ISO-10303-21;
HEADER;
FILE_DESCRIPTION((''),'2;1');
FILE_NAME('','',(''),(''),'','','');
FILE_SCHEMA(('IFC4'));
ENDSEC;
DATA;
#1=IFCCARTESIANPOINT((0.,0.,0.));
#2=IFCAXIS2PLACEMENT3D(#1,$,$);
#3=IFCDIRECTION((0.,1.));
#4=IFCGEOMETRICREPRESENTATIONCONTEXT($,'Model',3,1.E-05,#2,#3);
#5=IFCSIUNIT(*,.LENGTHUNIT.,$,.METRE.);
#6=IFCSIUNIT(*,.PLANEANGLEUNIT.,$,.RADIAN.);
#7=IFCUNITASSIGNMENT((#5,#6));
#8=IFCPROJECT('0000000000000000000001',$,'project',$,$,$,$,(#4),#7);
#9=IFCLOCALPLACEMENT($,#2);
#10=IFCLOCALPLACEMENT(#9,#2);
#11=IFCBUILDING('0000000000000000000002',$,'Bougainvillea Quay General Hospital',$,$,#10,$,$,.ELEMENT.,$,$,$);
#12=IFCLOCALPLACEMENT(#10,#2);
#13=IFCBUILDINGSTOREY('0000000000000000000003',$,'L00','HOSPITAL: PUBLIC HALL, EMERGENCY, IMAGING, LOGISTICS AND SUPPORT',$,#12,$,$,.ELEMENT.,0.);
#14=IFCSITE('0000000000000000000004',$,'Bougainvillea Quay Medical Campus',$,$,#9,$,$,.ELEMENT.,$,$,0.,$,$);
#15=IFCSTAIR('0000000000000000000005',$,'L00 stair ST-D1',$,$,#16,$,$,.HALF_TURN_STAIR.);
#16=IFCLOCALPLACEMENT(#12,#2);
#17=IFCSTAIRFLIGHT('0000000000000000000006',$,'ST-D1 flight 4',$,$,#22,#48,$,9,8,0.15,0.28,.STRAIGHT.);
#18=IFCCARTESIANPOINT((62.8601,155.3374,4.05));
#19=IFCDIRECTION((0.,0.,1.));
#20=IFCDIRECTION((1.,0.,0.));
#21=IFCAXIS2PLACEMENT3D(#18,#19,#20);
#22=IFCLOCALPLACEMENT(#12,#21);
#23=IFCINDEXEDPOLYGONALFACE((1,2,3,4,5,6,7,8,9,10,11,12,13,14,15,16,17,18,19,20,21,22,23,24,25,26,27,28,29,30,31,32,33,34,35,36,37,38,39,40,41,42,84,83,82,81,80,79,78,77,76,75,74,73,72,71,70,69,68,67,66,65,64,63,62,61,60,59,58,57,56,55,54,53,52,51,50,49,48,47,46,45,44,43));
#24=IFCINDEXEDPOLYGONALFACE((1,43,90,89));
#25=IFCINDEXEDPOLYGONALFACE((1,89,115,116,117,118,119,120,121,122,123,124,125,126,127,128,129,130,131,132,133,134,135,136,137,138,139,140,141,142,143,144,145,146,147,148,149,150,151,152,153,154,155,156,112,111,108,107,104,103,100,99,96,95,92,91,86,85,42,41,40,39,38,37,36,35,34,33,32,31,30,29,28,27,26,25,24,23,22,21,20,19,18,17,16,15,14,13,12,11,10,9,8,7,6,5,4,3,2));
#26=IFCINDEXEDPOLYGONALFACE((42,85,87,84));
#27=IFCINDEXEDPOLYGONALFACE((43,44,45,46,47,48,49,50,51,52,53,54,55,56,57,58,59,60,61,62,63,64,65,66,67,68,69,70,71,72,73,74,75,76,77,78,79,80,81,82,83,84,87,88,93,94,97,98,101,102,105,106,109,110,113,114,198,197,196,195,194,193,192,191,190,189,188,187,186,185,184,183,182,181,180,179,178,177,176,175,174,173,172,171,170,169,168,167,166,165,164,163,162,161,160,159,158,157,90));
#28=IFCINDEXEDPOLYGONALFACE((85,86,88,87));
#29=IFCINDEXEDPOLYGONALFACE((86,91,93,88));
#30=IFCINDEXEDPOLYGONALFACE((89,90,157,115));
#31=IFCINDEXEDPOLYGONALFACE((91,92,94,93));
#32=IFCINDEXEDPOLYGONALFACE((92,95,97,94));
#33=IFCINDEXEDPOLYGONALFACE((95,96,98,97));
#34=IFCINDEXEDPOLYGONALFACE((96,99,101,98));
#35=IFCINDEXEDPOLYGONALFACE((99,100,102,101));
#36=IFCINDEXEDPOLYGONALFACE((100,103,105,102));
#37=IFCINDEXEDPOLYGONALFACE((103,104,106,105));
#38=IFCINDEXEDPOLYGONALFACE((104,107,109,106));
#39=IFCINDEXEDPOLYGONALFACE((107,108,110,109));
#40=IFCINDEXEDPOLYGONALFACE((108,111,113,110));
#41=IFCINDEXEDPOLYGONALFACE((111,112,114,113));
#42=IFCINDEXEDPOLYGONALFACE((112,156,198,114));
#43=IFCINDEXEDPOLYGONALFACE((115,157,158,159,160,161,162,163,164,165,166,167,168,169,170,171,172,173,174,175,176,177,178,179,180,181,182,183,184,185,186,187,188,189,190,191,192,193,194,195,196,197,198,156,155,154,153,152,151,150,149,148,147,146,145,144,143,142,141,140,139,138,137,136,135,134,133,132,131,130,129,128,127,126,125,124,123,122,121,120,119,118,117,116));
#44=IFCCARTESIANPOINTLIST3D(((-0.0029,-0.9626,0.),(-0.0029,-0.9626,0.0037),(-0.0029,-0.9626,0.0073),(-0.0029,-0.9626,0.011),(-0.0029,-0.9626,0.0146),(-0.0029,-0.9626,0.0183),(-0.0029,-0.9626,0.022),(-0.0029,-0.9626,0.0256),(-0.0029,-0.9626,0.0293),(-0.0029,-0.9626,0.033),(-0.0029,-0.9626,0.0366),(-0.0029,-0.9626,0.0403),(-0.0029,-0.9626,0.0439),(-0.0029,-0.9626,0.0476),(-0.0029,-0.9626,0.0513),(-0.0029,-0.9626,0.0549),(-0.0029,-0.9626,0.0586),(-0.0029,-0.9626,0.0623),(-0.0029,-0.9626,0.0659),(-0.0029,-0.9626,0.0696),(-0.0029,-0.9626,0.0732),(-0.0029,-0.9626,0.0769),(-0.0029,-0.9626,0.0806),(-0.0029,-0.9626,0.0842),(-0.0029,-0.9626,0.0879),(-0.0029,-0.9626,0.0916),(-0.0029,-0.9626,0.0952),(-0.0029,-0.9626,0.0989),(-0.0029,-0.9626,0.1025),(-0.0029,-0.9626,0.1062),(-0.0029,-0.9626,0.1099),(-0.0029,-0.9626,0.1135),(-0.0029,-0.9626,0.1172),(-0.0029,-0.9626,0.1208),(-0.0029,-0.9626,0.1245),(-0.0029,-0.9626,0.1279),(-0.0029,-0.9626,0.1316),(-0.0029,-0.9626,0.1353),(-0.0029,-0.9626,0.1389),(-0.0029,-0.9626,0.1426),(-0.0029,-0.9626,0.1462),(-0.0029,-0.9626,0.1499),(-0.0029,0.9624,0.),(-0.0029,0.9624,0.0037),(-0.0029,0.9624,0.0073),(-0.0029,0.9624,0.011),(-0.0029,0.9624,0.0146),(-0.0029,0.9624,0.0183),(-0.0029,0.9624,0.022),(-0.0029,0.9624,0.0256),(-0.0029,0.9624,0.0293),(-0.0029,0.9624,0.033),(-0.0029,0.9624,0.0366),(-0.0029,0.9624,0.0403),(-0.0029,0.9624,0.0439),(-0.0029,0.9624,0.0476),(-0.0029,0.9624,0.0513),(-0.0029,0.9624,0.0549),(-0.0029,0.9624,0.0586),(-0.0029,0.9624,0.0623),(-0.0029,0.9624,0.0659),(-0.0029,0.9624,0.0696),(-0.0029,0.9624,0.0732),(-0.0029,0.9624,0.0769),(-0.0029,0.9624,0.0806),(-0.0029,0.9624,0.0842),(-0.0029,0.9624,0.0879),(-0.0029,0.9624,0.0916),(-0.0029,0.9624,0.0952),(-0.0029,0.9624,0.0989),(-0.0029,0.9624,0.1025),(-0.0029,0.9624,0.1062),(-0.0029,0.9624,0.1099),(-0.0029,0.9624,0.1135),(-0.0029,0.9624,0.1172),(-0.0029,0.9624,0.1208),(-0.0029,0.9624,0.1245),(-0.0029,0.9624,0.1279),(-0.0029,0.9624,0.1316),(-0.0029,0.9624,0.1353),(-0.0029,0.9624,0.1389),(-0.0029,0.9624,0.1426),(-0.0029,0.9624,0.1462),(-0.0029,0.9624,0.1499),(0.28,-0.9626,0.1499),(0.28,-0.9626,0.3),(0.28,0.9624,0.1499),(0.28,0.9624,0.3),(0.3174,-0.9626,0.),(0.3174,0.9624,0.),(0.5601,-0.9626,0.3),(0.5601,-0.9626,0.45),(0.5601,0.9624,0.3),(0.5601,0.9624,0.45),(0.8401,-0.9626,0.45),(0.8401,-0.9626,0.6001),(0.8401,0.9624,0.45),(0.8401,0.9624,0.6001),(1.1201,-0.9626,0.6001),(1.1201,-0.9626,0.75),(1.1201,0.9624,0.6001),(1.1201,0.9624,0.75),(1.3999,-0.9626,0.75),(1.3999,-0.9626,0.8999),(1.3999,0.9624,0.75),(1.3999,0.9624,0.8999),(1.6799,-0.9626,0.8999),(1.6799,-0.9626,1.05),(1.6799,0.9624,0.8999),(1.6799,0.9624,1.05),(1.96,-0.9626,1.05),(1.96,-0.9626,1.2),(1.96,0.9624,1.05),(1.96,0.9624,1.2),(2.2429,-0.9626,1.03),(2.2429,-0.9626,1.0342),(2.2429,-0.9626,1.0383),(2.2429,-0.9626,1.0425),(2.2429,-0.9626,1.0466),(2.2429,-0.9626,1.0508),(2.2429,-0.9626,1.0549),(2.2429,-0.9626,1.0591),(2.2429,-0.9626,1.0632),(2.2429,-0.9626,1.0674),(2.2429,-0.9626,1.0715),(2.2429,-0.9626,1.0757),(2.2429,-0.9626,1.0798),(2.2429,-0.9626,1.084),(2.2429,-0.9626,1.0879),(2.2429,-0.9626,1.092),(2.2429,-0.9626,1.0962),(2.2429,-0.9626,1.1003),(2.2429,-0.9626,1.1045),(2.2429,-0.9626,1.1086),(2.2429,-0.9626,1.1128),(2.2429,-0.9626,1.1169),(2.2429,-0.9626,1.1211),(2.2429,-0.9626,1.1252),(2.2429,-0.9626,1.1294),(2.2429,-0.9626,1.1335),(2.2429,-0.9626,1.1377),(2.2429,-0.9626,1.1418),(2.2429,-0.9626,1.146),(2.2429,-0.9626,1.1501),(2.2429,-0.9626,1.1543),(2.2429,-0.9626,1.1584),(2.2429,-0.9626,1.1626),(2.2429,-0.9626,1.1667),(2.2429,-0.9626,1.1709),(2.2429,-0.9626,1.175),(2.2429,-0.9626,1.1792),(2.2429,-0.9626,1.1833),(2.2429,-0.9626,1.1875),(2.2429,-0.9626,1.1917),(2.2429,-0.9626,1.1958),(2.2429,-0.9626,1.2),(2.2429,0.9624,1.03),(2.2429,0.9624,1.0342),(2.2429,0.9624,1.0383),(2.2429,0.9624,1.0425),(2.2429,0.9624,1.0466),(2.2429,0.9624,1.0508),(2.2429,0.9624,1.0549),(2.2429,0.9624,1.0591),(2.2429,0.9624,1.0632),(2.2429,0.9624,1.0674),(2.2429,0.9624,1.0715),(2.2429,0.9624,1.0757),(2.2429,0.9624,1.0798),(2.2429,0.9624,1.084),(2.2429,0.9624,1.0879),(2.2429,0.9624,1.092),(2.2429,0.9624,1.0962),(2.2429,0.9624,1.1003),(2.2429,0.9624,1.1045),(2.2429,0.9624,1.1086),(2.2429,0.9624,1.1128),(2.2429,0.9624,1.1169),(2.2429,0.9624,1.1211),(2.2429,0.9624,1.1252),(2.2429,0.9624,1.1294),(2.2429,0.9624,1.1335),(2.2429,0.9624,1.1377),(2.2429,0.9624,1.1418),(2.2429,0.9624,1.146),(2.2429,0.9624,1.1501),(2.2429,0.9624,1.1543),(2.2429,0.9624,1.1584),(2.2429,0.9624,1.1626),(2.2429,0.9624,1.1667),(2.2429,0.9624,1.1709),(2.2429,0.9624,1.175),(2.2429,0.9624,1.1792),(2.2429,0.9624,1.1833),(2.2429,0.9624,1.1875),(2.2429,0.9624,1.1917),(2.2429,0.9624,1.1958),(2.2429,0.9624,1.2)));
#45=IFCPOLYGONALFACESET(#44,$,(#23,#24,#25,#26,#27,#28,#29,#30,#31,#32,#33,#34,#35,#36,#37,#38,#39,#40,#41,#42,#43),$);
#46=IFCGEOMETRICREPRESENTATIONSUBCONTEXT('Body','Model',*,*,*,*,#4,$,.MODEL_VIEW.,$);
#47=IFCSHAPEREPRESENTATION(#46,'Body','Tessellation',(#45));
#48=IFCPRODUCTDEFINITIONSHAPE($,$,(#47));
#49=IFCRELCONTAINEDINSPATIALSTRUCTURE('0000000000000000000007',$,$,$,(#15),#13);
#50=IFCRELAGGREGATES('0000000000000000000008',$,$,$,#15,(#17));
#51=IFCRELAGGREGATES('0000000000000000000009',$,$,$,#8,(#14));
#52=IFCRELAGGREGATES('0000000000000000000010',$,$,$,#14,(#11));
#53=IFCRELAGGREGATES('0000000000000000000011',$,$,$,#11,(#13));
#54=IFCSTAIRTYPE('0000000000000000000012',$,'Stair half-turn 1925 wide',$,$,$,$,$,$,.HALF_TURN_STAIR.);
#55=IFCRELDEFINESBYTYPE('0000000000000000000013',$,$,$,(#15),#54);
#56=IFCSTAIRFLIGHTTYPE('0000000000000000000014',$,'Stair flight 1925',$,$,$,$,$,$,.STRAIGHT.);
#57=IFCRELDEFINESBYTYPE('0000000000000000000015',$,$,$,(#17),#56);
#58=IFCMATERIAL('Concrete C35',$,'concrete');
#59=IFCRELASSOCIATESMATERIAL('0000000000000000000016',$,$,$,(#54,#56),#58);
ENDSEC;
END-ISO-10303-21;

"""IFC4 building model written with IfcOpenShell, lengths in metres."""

from ifc_helpers import new_model, si_unit, direction, frame, origin, place, context, subcontext, project, spatial, polyline, outline, extrude, material, type_object, element, aggregate, save


model = new_model("IFC4")

# Units and contexts
model_context = context("Model", 3, precision=1e-05, world=origin(), true_north=direction((0.0, 1.0)))
body_context = subcontext(model_context, "Body", "Model", "MODEL_VIEW")
ifc_project = project(units=[si_unit("LENGTHUNIT", "METRE"), si_unit("PLANEANGLEUNIT", "RADIAN")], contexts=[model_context])

# Site, building, storey
site_placement = place(None, origin())
site = spatial("IfcSite", under=ifc_project, at=site_placement, Name="Bougainvillea Quay Medical Campus", CompositionType="ELEMENT", RefElevation=0.0)
building_placement = place(site_placement, origin())
building = spatial("IfcBuilding", under=site, at=building_placement, Name="Bougainvillea Quay General Hospital", CompositionType="ELEMENT")
storey_placement = place(building_placement, origin())
storey = spatial("IfcBuildingStorey", under=building, at=storey_placement, Name="L00", Description="HOSPITAL: PUBLIC HALL, EMERGENCY, IMAGING, LOGISTICS AND SUPPORT", CompositionType="ELEMENT", Elevation=0.0)

# Stair, stair flight
ifc_material_1 = material(Name="Concrete C35", Category="concrete")
stair_type = type_object("IfcStairType", Name="Stair half-turn 1925 wide", PredefinedType="HALF_TURN_STAIR", material=ifc_material_1)
stair_placement = place(storey_placement, origin())
stair = element("IfcStair", 1, at=stair_placement, inside=storey, type_object=stair_type, Name="L00 stair ST-D1", PredefinedType="HALF_TURN_STAIR")
stair_flight_type = type_object("IfcStairFlightType", Name="Stair flight 1925", PredefinedType="STRAIGHT", material=ifc_material_1)
stair_flight_1_placement = place(storey_placement, frame((62.8601, 155.3374, 4.05), z_axis=(0.0, 0.0, 1.0), x_axis=(1.0, 0.0, 0.0)))
stair_flight_1 = element("IfcStairFlight", 2, at=stair_flight_1_placement, type_object=stair_flight_type, Name="ST-D1 flight 4", NumberOfRisers=9, NumberOfTreads=8, PredefinedType="STRAIGHT", RiserHeight=0.15, TreadLength=0.28, context=body_context, shape_type="SweptSolid", body=[
    extrude(outline(polyline([(-0.0029, 0.0), (-0.0029, 0.0037), (-0.0029, 0.0073), (-0.0029, 0.011), (-0.0029, 0.0146), (-0.0029, 0.0183), (-0.0029, 0.022), (-0.0029, 0.0256), (-0.0029, 0.0293), (-0.0029, 0.033), (-0.0029, 0.0366), (-0.0029, 0.0403), (-0.0029, 0.0439), (-0.0029, 0.0476), (-0.0029, 0.0513), (-0.0029, 0.0549), (-0.0029, 0.0586), (-0.0029, 0.0623), (-0.0029, 0.0659), (-0.0029, 0.0696), (-0.0029, 0.0732), (-0.0029, 0.0769), (-0.0029, 0.0806), (-0.0029, 0.0842), (-0.0029, 0.0879), (-0.0029, 0.0916), (-0.0029, 0.0952), (-0.0029, 0.0989), (-0.0029, 0.1025), (-0.0029, 0.1062), (-0.0029, 0.1099), (-0.0029, 0.1135), (-0.0029, 0.1172), (-0.0029, 0.1208), (-0.0029, 0.1245), (-0.0029, 0.1279), (-0.0029, 0.1316), (-0.0029, 0.1353), (-0.0029, 0.1389), (-0.0029, 0.1426), (-0.0029, 0.1462), (-0.0029, 0.1499), (0.28, 0.1499), (0.28, 0.3), (0.5601, 0.3), (0.5601, 0.45), (0.8401, 0.45), (0.8401, 0.6001), (1.1201, 0.6001), (1.1201, 0.75), (1.3999, 0.75), (1.3999, 0.8999), (1.6799, 0.8999), (1.6799, 1.05), (1.96, 1.05), (1.96, 1.2), (2.2429, 1.2), (2.2429, 1.1958), (2.2429, 1.1917), (2.2429, 1.1875), (2.2429, 1.1833), (2.2429, 1.1792), (2.2429, 1.175), (2.2429, 1.1709), (2.2429, 1.1667), (2.2429, 1.1626), (2.2429, 1.1584), (2.2429, 1.1543), (2.2429, 1.1501), (2.2429, 1.146), (2.2429, 1.1418), (2.2429, 1.1377), (2.2429, 1.1335), (2.2429, 1.1294), (2.2429, 1.1252), (2.2429, 1.1211), (2.2429, 1.1169), (2.2429, 1.1128), (2.2429, 1.1086), (2.2429, 1.1045), (2.2429, 1.1003), (2.2429, 1.0962), (2.2429, 1.092), (2.2429, 1.0879), (2.2429, 1.084), (2.2429, 1.0798), (2.2429, 1.0757), (2.2429, 1.0715), (2.2429, 1.0674), (2.2429, 1.0632), (2.2429, 1.0591), (2.2429, 1.0549), (2.2429, 1.0508), (2.2429, 1.0466), (2.2429, 1.0425), (2.2429, 1.0383), (2.2429, 1.0342), (2.2429, 1.03), (0.3174, 0.0), (-0.0029, 0.0)])), frame((0.0, 0.9624, 0.0), z_axis=(0.0, -1.0, 0.0), x_axis=(1.0, 0.0, 0.0)), (0.0, 0.0, 1.0), 1.925),
])
aggregate(stair, [stair_flight_1])

save(model, "model.ifc")
